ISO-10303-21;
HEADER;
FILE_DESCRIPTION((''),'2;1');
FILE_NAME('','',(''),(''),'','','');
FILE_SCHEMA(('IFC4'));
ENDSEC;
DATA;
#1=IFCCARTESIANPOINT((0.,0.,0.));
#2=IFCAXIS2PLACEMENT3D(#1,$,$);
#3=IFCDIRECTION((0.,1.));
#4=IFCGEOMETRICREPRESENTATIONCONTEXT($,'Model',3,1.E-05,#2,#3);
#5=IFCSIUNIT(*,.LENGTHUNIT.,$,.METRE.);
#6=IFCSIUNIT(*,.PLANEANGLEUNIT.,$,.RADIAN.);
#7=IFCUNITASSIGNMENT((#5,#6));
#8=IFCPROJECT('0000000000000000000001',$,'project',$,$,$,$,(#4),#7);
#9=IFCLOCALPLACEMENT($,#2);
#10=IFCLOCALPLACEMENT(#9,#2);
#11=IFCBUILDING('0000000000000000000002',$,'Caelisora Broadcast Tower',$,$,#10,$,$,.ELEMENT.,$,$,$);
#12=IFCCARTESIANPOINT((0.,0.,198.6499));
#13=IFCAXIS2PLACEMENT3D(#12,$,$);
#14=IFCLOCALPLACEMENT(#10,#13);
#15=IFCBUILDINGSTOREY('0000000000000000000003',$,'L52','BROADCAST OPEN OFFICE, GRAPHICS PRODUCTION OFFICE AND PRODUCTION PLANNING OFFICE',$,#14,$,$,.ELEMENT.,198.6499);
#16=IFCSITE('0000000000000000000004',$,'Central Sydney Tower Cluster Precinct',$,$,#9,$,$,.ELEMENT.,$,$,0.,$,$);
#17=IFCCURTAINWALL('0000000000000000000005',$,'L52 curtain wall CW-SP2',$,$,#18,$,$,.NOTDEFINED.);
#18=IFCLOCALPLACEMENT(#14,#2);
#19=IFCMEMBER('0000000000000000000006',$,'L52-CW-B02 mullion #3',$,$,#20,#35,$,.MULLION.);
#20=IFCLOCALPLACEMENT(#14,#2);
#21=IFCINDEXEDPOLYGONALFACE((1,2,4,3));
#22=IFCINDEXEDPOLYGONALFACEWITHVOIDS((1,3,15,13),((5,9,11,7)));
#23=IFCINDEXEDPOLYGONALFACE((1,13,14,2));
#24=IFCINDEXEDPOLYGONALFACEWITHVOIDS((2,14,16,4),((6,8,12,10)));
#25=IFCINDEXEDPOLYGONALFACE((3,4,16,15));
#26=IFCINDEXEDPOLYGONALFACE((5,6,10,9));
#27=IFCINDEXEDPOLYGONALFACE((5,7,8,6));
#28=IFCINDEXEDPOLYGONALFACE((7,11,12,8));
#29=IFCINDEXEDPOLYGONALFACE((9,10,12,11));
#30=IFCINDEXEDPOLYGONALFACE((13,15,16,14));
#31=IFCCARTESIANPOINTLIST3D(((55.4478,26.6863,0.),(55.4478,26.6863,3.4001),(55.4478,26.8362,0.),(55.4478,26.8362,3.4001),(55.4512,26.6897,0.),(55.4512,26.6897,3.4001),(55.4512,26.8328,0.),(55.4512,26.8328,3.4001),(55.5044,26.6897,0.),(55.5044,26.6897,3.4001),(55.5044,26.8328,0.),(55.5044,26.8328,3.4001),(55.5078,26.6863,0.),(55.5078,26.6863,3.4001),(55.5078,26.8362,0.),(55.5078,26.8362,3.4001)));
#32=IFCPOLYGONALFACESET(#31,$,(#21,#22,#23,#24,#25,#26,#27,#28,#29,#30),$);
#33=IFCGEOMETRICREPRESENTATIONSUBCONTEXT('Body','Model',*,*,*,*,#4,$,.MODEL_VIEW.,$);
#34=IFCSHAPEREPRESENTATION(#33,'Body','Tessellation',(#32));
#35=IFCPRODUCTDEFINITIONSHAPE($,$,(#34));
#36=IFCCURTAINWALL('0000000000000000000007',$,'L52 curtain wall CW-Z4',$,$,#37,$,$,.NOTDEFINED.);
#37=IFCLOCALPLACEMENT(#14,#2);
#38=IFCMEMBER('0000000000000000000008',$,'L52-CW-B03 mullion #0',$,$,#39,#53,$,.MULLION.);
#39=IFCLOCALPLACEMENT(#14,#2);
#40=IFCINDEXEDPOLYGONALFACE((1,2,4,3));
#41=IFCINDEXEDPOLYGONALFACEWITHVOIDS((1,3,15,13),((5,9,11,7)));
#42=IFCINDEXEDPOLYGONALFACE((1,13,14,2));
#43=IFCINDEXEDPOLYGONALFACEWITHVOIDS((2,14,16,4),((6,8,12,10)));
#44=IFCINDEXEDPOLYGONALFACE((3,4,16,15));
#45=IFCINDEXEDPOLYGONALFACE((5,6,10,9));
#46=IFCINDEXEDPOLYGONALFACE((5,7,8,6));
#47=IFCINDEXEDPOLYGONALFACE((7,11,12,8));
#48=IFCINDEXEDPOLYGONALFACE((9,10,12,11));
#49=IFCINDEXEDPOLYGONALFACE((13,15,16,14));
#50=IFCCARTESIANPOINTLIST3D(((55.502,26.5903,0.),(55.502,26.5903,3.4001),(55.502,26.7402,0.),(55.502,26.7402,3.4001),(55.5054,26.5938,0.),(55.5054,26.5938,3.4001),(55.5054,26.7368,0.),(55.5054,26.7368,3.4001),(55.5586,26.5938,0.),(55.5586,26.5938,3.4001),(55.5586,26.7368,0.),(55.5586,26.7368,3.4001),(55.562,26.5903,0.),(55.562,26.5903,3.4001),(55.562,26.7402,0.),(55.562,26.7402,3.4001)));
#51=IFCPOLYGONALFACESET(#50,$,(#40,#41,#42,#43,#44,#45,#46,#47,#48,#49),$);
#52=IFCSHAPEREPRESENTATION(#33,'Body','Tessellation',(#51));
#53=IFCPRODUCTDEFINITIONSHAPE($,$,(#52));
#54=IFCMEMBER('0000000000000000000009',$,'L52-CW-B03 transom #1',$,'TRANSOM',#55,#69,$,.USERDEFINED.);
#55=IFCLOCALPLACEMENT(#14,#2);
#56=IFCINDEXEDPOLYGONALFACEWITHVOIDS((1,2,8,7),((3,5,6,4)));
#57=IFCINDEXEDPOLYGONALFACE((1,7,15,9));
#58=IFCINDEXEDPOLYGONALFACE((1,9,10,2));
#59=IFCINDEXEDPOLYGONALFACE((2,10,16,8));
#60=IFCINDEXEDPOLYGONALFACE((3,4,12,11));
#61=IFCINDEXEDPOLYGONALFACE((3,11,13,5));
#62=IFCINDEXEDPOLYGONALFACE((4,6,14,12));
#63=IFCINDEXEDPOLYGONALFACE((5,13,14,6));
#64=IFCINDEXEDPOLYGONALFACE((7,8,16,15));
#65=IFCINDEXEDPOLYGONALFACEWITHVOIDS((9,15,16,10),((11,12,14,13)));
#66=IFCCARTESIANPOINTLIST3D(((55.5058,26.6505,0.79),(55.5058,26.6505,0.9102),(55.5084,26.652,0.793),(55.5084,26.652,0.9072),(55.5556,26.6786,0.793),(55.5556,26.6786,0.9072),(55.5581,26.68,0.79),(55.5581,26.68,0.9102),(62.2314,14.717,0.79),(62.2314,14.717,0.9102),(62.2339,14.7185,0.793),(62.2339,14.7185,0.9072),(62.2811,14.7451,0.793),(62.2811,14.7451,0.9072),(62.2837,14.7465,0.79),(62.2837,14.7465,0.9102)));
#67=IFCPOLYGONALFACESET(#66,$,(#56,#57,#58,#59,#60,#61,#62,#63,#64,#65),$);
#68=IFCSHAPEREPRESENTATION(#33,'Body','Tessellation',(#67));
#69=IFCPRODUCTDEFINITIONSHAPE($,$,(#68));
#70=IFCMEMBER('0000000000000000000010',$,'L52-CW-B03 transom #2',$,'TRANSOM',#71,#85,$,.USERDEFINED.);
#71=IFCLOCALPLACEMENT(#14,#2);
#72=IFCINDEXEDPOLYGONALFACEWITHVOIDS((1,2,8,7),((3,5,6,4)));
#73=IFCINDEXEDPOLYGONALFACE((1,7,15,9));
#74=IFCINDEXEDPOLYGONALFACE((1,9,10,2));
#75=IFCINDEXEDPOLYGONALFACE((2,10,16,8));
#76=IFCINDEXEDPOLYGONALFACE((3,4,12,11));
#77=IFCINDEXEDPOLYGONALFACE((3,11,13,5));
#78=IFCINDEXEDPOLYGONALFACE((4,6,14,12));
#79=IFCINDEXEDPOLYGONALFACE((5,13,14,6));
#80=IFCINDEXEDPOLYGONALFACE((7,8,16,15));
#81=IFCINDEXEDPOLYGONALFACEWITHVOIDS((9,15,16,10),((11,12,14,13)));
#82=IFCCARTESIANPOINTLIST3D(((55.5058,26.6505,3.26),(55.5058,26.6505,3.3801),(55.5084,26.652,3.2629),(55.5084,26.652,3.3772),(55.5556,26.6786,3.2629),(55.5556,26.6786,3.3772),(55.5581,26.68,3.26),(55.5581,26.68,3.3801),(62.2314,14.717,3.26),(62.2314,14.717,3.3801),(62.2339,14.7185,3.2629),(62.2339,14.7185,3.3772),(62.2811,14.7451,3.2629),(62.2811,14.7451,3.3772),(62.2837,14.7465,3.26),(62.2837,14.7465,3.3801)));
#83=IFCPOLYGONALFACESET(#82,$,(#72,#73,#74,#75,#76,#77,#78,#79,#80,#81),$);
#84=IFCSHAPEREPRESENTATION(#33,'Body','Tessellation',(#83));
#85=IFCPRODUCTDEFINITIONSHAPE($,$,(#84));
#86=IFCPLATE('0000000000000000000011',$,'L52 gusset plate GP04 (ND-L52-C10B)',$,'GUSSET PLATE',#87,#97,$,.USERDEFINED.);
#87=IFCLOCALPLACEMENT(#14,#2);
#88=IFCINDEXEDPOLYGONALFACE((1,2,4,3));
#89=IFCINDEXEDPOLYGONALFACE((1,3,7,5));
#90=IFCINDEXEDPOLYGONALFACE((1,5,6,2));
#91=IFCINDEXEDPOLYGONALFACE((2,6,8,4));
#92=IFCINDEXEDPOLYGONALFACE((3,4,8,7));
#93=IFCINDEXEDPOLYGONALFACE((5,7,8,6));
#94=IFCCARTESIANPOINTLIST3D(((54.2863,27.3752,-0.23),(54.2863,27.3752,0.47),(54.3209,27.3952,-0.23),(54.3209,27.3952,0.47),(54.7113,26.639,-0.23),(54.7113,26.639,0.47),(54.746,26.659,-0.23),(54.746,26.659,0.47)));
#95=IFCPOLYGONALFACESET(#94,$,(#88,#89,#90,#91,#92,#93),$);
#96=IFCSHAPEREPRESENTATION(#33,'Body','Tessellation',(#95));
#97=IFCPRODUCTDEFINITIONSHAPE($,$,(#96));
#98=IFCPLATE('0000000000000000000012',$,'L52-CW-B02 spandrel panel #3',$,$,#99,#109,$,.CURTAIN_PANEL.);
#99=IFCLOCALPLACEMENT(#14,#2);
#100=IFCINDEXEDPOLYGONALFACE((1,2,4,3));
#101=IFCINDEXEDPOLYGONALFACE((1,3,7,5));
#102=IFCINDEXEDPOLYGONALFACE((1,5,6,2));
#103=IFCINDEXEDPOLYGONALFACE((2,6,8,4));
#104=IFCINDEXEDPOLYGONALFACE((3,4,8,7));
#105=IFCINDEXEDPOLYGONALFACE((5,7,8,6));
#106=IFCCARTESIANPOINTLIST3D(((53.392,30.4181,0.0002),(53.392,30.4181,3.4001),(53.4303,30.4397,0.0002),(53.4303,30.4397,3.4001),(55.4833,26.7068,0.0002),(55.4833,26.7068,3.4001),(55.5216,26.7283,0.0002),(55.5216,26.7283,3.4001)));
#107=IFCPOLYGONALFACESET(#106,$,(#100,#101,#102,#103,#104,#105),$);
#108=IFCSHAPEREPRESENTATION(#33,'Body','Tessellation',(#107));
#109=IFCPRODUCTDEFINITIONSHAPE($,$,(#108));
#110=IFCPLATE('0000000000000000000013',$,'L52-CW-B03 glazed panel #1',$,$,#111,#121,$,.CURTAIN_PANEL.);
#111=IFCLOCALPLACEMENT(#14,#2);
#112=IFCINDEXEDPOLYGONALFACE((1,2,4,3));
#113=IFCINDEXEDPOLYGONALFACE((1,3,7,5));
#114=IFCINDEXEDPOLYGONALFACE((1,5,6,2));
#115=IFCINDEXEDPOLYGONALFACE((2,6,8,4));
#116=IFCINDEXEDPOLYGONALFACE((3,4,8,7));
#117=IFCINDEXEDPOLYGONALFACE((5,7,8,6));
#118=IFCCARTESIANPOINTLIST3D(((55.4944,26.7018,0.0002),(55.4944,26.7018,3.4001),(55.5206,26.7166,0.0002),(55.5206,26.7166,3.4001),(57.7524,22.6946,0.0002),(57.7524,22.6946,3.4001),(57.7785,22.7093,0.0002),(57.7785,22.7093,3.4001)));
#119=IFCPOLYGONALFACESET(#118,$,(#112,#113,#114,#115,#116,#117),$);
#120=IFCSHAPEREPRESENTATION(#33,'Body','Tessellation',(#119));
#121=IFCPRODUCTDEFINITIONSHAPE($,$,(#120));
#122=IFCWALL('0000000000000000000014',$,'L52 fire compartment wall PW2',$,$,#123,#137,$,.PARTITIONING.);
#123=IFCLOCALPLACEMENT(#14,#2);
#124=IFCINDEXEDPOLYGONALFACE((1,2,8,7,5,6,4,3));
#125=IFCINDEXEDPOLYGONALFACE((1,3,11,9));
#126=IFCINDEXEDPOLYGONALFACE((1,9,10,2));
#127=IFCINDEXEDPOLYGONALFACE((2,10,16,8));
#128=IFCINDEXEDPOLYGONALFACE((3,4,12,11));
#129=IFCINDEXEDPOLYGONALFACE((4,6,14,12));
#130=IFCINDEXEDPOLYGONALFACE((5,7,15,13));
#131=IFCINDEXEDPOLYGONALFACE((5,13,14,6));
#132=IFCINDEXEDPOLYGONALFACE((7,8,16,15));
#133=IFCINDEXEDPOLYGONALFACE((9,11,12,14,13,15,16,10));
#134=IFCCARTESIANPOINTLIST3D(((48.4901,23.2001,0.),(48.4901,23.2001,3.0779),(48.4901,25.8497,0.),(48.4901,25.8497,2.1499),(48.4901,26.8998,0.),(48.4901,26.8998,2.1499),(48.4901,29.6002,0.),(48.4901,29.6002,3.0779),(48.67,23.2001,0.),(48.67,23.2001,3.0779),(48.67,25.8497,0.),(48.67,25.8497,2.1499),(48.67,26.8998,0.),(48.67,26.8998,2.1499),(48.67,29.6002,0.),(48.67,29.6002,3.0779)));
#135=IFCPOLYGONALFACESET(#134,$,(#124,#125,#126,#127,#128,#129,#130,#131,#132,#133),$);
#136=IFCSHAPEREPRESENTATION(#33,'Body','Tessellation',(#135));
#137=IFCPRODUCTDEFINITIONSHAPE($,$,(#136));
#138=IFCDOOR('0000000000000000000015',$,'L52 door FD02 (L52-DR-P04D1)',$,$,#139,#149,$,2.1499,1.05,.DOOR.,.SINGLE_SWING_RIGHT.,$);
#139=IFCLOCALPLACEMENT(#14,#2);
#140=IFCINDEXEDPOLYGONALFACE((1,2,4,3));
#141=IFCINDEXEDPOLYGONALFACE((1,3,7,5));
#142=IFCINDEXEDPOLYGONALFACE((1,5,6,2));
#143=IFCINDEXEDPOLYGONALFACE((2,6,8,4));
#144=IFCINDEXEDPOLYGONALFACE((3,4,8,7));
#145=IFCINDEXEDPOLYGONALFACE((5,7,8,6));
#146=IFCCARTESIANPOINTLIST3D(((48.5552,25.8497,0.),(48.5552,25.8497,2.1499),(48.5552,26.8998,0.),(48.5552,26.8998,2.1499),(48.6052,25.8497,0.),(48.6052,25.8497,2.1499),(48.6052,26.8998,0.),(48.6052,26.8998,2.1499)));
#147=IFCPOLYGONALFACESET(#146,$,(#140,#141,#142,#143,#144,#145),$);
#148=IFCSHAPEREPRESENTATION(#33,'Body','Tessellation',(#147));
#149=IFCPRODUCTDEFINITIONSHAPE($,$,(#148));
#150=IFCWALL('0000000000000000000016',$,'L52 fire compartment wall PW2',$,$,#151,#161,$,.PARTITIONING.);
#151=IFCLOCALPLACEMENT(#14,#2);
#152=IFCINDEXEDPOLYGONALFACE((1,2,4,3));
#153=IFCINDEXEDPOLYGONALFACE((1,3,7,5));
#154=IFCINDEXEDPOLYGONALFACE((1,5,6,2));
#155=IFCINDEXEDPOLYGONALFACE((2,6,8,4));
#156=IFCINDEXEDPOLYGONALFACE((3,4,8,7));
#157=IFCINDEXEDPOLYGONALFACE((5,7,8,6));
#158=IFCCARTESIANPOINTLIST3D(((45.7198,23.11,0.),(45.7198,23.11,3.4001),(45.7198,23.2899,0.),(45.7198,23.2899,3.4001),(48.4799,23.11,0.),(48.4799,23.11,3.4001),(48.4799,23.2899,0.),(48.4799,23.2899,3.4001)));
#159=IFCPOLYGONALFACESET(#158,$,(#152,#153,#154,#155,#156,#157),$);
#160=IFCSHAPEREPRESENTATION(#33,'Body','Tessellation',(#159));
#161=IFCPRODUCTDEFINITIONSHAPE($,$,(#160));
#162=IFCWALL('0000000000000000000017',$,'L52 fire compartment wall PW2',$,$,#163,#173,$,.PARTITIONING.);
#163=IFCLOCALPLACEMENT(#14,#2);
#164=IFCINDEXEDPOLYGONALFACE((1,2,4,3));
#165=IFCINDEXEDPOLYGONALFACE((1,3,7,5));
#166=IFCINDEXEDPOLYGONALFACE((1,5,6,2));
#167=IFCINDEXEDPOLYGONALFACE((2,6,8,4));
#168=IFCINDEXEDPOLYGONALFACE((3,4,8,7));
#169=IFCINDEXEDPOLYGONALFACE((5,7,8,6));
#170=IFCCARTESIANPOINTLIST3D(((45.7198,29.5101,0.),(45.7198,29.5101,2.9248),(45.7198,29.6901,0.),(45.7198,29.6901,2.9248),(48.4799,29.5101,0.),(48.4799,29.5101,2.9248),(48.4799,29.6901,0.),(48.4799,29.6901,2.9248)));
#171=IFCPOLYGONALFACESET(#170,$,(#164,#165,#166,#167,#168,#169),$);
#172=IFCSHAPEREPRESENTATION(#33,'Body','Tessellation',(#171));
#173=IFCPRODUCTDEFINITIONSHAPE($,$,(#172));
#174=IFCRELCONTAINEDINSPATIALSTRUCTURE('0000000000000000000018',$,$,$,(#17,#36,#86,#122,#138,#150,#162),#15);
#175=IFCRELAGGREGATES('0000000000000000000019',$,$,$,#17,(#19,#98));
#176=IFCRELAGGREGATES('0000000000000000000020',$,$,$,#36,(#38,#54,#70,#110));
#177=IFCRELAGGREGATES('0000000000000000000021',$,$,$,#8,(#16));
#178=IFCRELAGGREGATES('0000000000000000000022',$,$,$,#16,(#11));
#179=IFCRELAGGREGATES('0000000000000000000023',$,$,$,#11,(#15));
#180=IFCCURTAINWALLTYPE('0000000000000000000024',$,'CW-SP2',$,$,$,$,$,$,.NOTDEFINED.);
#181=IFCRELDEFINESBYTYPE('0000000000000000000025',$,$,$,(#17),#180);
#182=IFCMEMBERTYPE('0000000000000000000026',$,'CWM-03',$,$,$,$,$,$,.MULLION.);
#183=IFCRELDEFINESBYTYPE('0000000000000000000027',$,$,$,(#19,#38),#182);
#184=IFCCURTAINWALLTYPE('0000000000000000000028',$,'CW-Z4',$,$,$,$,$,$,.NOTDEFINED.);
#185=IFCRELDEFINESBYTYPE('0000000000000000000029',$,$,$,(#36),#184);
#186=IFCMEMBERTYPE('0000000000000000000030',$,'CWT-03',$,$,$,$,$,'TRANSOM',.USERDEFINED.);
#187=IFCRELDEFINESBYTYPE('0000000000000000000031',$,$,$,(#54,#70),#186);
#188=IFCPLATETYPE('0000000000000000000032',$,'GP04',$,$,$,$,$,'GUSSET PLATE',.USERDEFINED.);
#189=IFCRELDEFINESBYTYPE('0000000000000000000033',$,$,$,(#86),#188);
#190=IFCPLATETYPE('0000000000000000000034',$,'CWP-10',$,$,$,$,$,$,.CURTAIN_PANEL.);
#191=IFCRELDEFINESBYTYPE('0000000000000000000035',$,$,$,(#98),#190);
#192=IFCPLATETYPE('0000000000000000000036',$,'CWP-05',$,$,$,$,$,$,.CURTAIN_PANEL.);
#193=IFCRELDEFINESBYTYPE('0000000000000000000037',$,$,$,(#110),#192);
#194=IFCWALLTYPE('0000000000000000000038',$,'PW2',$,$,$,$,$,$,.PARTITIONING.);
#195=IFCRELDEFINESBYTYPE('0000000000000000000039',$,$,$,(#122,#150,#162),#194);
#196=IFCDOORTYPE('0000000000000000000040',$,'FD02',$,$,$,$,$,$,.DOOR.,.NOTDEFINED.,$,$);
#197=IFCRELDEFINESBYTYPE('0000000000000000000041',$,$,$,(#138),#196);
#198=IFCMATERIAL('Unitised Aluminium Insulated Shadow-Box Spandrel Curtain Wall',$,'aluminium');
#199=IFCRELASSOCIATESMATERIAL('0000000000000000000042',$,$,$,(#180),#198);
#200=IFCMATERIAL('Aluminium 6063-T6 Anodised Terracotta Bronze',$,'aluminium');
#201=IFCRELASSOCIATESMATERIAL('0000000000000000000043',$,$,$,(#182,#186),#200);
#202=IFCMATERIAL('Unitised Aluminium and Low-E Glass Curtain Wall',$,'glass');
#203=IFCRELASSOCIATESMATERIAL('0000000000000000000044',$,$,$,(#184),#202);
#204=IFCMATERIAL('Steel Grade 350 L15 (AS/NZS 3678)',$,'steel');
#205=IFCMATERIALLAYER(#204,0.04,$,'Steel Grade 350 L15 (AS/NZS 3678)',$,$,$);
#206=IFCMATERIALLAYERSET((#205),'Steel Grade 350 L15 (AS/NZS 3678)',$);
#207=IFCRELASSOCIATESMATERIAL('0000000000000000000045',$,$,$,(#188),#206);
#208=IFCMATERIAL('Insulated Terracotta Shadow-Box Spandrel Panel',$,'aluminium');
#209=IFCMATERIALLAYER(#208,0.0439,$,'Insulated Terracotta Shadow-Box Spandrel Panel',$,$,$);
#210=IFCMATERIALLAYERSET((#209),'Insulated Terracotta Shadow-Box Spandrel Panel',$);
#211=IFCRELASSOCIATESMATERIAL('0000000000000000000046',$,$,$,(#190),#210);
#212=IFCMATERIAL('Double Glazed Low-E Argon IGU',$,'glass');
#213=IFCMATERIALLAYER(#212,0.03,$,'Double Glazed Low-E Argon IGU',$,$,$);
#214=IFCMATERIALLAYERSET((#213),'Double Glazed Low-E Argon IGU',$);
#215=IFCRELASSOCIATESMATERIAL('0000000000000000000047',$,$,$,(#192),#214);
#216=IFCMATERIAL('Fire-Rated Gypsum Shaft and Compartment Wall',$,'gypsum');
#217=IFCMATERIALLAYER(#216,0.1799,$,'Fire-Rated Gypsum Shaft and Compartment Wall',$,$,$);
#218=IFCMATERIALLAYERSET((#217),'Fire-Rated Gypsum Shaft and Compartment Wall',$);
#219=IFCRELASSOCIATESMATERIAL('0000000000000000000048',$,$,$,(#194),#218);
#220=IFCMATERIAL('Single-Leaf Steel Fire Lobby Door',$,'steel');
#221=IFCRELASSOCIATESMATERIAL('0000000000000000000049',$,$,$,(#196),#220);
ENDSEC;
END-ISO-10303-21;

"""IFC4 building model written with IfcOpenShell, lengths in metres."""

from ifc_helpers import new_model, si_unit, direction, frame, frame_2d, origin, origin_2d, place, context, subcontext, project, spatial, rectangle, hollow_rectangle, extrude, source, transform, mapped, material, layer, layer_set, material_profile, profile_set, type_object, type_shapes, element, fill, aggregate, save


model = new_model("IFC4")

# Units and contexts
model_context = context("Model", 3, precision=1e-05, world=origin(), true_north=direction((0.0, 1.0)))
body_context = subcontext(model_context, "Body", "Model", "MODEL_VIEW")
ifc_project = project(units=[si_unit("LENGTHUNIT", "METRE"), si_unit("PLANEANGLEUNIT", "RADIAN")], contexts=[model_context])

# Site, building, storey
site_placement = place(None, origin())
site = spatial("IfcSite", under=ifc_project, at=site_placement, Name="Central Sydney Tower Cluster Precinct", CompositionType="ELEMENT", RefElevation=0.0)
building_placement = place(site_placement, origin())
building = spatial("IfcBuilding", under=site, at=building_placement, Name="Caelisora Broadcast Tower", CompositionType="ELEMENT")
storey_placement = place(building_placement, frame((0.0, 0.0, 198.6499)))
storey = spatial("IfcBuildingStorey", under=building, at=storey_placement, Name="L52", Description="BROADCAST OPEN OFFICE, GRAPHICS PRODUCTION OFFICE AND PRODUCTION PLANNING OFFICE", CompositionType="ELEMENT", Elevation=198.6499)

# Shared definitions
ifc_material_1 = material(Name="Steel Grade 350 L15 (AS/NZS 3678)", Category="steel")

# Curtain walls, members
ifc_material_2 = material(Name="Unitised Aluminium Insulated Shadow-Box Spandrel Curtain Wall", Category="aluminium")
curtain_wall_type_1 = type_object("IfcCurtainWallType", Name="CW-SP2", PredefinedType="NOTDEFINED", material=ifc_material_2)
curtain_wall_1_placement = place(storey_placement, origin())
curtain_wall_1 = element("IfcCurtainWall", 1, at=curtain_wall_1_placement, inside=storey, type_object=curtain_wall_type_1, Name="L52 curtain wall CW-SP2", PredefinedType="NOTDEFINED")
ifc_material_3 = material(Name="Aluminium 6063-T6 Anodised Terracotta Bronze", Category="aluminium")
ifc_material_profile_1 = material_profile(ifc_material_3, hollow_rectangle(XDim=0.0601, YDim=0.1499, WallThickness=0.0034, at=origin_2d()), Name="Aluminium 6063-T6 Anodised Terracotta Bronze")
ifc_profile_set_1 = profile_set([ifc_material_profile_1], Name="Aluminium 6063-T6 Anodised Terracotta Bronze")
member_type_1 = type_object("IfcMemberType", Name="CWM-03", PredefinedType="MULLION", material=ifc_profile_set_1)
shared_shape_1 = source(origin(), body_context, "Body", "SweptSolid", [
    extrude(hollow_rectangle(XDim=0.0601, YDim=0.1499, WallThickness=0.0034, at=origin_2d()), origin(), (0.0, 0.0, 1.0), 3.4001),
])
type_shapes(member_type_1, [shared_shape_1])
member_1_placement = place(storey_placement, frame((55.4778, 26.7612, 0.0), z_axis=(0.0, 0.0, 1.0), x_axis=(1.0, 0.0, 0.0)))
member_1 = element("IfcMember", 2, at=member_1_placement, type_object=member_type_1, Name="L52-CW-B02 mullion #3", PredefinedType="MULLION", context=body_context, shape_type="MappedRepresentation", body=[
    mapped(shared_shape_1, transform((0.0, 0.0, 0.0), scale=1.0)),
])
ifc_material_4 = material(Name="Unitised Aluminium and Low-E Glass Curtain Wall", Category="glass")
curtain_wall_type_2 = type_object("IfcCurtainWallType", Name="CW-Z4", PredefinedType="NOTDEFINED", material=ifc_material_4)
curtain_wall_2_placement = place(storey_placement, origin())
curtain_wall_2 = element("IfcCurtainWall", 3, at=curtain_wall_2_placement, inside=storey, type_object=curtain_wall_type_2, Name="L52 curtain wall CW-Z4", PredefinedType="NOTDEFINED")
member_2_placement = place(storey_placement, frame((55.532, 26.6653, 0.0), z_axis=(0.0, 0.0, 1.0), x_axis=(1.0, 0.0, 0.0)))
member_2 = element("IfcMember", 4, at=member_2_placement, type_object=member_type_1, Name="L52-CW-B03 mullion #0", PredefinedType="MULLION", context=body_context, shape_type="MappedRepresentation", body=[
    mapped(shared_shape_1, transform((0.0, 0.0, 0.0), scale=1.0)),
])
ifc_material_profile_2 = material_profile(ifc_material_3, hollow_rectangle(XDim=0.0601, YDim=0.1201, WallThickness=0.0029, at=origin_2d()), Name="Aluminium 6063-T6 Anodised Terracotta Bronze")
ifc_profile_set_2 = profile_set([ifc_material_profile_2], Name="Aluminium 6063-T6 Anodised Terracotta Bronze")
member_type_2 = type_object("IfcMemberType", Name="CWT-03", ElementType="TRANSOM", PredefinedType="USERDEFINED", material=ifc_profile_set_2)
shared_shape_2 = source(origin(), body_context, "Body", "SweptSolid", [
    extrude(hollow_rectangle(XDim=0.0601, YDim=0.1201, WallThickness=0.0029, at=origin_2d()), origin(), (0.0, 0.0, 1.0), 13.6982),
])
type_shapes(member_type_2, [shared_shape_2])
member_3_placement = place(storey_placement, frame((55.532, 26.6653, 0.8501), z_axis=(0.490979, -0.871172, 0.0), x_axis=(0.871172, 0.490979, 0.0)))
member_3 = element("IfcMember", 5, at=member_3_placement, type_object=member_type_2, Name="L52-CW-B03 transom #1", ObjectType="TRANSOM", PredefinedType="USERDEFINED", context=body_context, shape_type="MappedRepresentation", body=[
    mapped(shared_shape_2, transform((0.0, 0.0, 0.0), scale=1.0)),
])
member_4_placement = place(storey_placement, frame((55.532, 26.6653, 3.3201), z_axis=(0.490979, -0.871172, 0.0), x_axis=(0.871172, 0.490979, 0.0)))
member_4 = element("IfcMember", 6, at=member_4_placement, type_object=member_type_2, Name="L52-CW-B03 transom #2", ObjectType="TRANSOM", PredefinedType="USERDEFINED", context=body_context, shape_type="MappedRepresentation", body=[
    mapped(shared_shape_2, transform((0.0, 0.0, 0.0), scale=1.0)),
])

# Plates
ifc_layer_1 = layer(ifc_material_1, 0.04, Name="Steel Grade 350 L15 (AS/NZS 3678)")
ifc_layer_set_1 = layer_set([ifc_layer_1], Name="Steel Grade 350 L15 (AS/NZS 3678)")
plate_type_1 = type_object("IfcPlateType", Name="GP04", ElementType="GUSSET PLATE", PredefinedType="USERDEFINED", material=ifc_layer_set_1)
shared_shape_3 = source(origin(), body_context, "Body", "SweptSolid", [
    extrude(rectangle(XDim=0.8501, YDim=0.04, at=origin_2d()), origin(), (0.0, 0.0, 1.0), 0.7),
])
type_shapes(plate_type_1, [shared_shape_3])
plate_1_placement = place(storey_placement, frame((54.5161, 27.0171, -0.23), z_axis=(0.0, 0.0, 1.0), x_axis=(-0.5, 0.866025, 0.0)))
element("IfcPlate", 7, at=plate_1_placement, inside=storey, type_object=plate_type_1, Name="L52 gusset plate GP04 (ND-L52-C10B)", ObjectType="GUSSET PLATE", PredefinedType="USERDEFINED", context=body_context, shape_type="MappedRepresentation", body=[
    mapped(shared_shape_3, transform((0.0, 0.0, 0.0), scale=1.0)),
])
ifc_material_5 = material(Name="Insulated Terracotta Shadow-Box Spandrel Panel", Category="aluminium")
ifc_layer_2 = layer(ifc_material_5, 0.0439, Name="Insulated Terracotta Shadow-Box Spandrel Panel")
ifc_layer_set_2 = layer_set([ifc_layer_2], Name="Insulated Terracotta Shadow-Box Spandrel Panel")
plate_type_2 = type_object("IfcPlateType", Name="CWP-10", PredefinedType="CURTAIN_PANEL", material=ifc_layer_set_2)
shared_shape_4 = source(origin(), body_context, "Body", "SweptSolid", [
    extrude(rectangle(XDim=4.26, YDim=0.0439, at=origin_2d()), origin(), (0.0, 0.0, 1.0), 3.3999),
])
type_shapes(plate_type_2, [shared_shape_4])
plate_2_placement = place(storey_placement, frame((54.4568, 28.5732, 0.0002), z_axis=(0.0, 0.0, 1.0), x_axis=(0.490904, -0.871214, 0.0)))
plate_2 = element("IfcPlate", 8, at=plate_2_placement, type_object=plate_type_2, Name="L52-CW-B02 spandrel panel #3", PredefinedType="CURTAIN_PANEL", context=body_context, shape_type="MappedRepresentation", body=[
    mapped(shared_shape_4, transform((0.0, 0.0, 0.0), scale=1.0)),
])
aggregate(curtain_wall_1, [member_1, plate_2])
ifc_material_6 = material(Name="Double Glazed Low-E Argon IGU", Category="glass")
ifc_layer_3 = layer(ifc_material_6, 0.03, Name="Double Glazed Low-E Argon IGU")
ifc_layer_set_3 = layer_set([ifc_layer_3], Name="Double Glazed Low-E Argon IGU")
plate_type_3 = type_object("IfcPlateType", Name="CWP-05", PredefinedType="CURTAIN_PANEL", material=ifc_layer_set_3)
shared_shape_5 = source(origin(), body_context, "Body", "SweptSolid", [
    extrude(rectangle(XDim=4.5996, YDim=0.03, at=origin_2d()), origin(), (0.0, 0.0, 1.0), 3.3999),
])
type_shapes(plate_type_3, [shared_shape_5])
plate_3_placement = place(storey_placement, frame((56.6365, 24.7056, 0.0002), z_axis=(0.0, 0.0, 1.0), x_axis=(0.490904, -0.871214, 0.0)))
plate_3 = element("IfcPlate", 9, at=plate_3_placement, type_object=plate_type_3, Name="L52-CW-B03 glazed panel #1", PredefinedType="CURTAIN_PANEL", context=body_context, shape_type="MappedRepresentation", body=[
    mapped(shared_shape_5, transform((0.0, 0.0, 0.0), scale=1.0)),
])
aggregate(curtain_wall_2, [member_2, member_3, member_4, plate_3])

# Wall, opening, door
ifc_material_7 = material(Name="Fire-Rated Gypsum Shaft and Compartment Wall", Category="gypsum")
ifc_layer_4 = layer(ifc_material_7, 0.1799, Name="Fire-Rated Gypsum Shaft and Compartment Wall")
ifc_layer_set_4 = layer_set([ifc_layer_4], Name="Fire-Rated Gypsum Shaft and Compartment Wall")
wall_type_1 = type_object("IfcWallType", Name="PW2", PredefinedType="PARTITIONING", material=ifc_layer_set_4)
wall_1_placement = place(storey_placement, frame((48.5801, 23.2, 0.0), z_axis=(0.0, 0.0, 1.0), x_axis=(0.0, 1.0, 0.0)))
wall_1 = element("IfcWall", 10, at=wall_1_placement, inside=storey, type_object=wall_type_1, Name="L52 fire compartment wall PW2", PredefinedType="PARTITIONING", context=body_context, shape_type="SweptSolid", body=[
    extrude(rectangle(XDim=6.4001, YDim=0.1799, at=frame_2d((3.2002, 0.0))), origin(), (0.0, 0.0, 1.0), 3.0779),
])
opening_1_placement = place(wall_1_placement, frame((2.6499, 0.0, 0.0)))
opening_1 = element("IfcOpeningElement", 11, at=opening_1_placement, cuts=wall_1, PredefinedType="OPENING", context=body_context, shape_type="SweptSolid", body=[
    extrude(rectangle(XDim=1.05, YDim=2.1499, at=frame_2d((0.5249, 1.075))), frame((0.0, 0.1021, 0.0), z_axis=(0.0, -1.0, 0.0), x_axis=(1.0, 0.0, 0.0)), (0.0, 0.0, 1.0), 0.2039),
])
ifc_material_8 = material(Name="Single-Leaf Steel Fire Lobby Door", Category="steel")
door_type_1 = type_object("IfcDoorType", Name="FD02", OperationType="NOTDEFINED", PredefinedType="DOOR", material=ifc_material_8)
door_1_placement = place(opening_1_placement, origin())
door_1 = element("IfcDoor", 12, at=door_1_placement, inside=storey, type_object=door_type_1, Name="L52 door FD02 (L52-DR-P04D1)", OperationType="SINGLE_SWING_RIGHT", OverallHeight=2.1499, OverallWidth=1.05, PredefinedType="DOOR", context=body_context, shape_type="SweptSolid", body=[
    extrude(rectangle(XDim=1.05, YDim=2.1499, at=frame_2d((0.5249, 1.075))), frame((0.0, 0.0249, 0.0), z_axis=(0.0, -1.0, 0.0), x_axis=(1.0, 0.0, 0.0)), (0.0, 0.0, 1.0), 0.05),
])
fill(opening_1, door_1)

# Walls
wall_2_placement = place(storey_placement, frame((45.72, 23.2, 0.0), z_axis=(0.0, 0.0, 1.0), x_axis=(1.0, 0.0, 0.0)))
element("IfcWall", 13, at=wall_2_placement, inside=storey, type_object=wall_type_1, Name="L52 fire compartment wall PW2", PredefinedType="PARTITIONING", context=body_context, shape_type="SweptSolid", body=[
    extrude(rectangle(XDim=2.76, YDim=0.1799, at=frame_2d((1.3799, 0.0))), origin(), (0.0, 0.0, 1.0), 3.4001),
])
wall_3_placement = place(storey_placement, frame((45.72, 29.6001, 0.0), z_axis=(0.0, 0.0, 1.0), x_axis=(1.0, 0.0, 0.0)))
element("IfcWall", 14, at=wall_3_placement, inside=storey, type_object=wall_type_1, Name="L52 fire compartment wall PW2", PredefinedType="PARTITIONING", context=body_context, shape_type="SweptSolid", body=[
    extrude(rectangle(XDim=2.76, YDim=0.1799, at=frame_2d((1.3799, 0.0))), origin(), (0.0, 0.0, 1.0), 2.9248),
])

save(model, "model.ifc")
